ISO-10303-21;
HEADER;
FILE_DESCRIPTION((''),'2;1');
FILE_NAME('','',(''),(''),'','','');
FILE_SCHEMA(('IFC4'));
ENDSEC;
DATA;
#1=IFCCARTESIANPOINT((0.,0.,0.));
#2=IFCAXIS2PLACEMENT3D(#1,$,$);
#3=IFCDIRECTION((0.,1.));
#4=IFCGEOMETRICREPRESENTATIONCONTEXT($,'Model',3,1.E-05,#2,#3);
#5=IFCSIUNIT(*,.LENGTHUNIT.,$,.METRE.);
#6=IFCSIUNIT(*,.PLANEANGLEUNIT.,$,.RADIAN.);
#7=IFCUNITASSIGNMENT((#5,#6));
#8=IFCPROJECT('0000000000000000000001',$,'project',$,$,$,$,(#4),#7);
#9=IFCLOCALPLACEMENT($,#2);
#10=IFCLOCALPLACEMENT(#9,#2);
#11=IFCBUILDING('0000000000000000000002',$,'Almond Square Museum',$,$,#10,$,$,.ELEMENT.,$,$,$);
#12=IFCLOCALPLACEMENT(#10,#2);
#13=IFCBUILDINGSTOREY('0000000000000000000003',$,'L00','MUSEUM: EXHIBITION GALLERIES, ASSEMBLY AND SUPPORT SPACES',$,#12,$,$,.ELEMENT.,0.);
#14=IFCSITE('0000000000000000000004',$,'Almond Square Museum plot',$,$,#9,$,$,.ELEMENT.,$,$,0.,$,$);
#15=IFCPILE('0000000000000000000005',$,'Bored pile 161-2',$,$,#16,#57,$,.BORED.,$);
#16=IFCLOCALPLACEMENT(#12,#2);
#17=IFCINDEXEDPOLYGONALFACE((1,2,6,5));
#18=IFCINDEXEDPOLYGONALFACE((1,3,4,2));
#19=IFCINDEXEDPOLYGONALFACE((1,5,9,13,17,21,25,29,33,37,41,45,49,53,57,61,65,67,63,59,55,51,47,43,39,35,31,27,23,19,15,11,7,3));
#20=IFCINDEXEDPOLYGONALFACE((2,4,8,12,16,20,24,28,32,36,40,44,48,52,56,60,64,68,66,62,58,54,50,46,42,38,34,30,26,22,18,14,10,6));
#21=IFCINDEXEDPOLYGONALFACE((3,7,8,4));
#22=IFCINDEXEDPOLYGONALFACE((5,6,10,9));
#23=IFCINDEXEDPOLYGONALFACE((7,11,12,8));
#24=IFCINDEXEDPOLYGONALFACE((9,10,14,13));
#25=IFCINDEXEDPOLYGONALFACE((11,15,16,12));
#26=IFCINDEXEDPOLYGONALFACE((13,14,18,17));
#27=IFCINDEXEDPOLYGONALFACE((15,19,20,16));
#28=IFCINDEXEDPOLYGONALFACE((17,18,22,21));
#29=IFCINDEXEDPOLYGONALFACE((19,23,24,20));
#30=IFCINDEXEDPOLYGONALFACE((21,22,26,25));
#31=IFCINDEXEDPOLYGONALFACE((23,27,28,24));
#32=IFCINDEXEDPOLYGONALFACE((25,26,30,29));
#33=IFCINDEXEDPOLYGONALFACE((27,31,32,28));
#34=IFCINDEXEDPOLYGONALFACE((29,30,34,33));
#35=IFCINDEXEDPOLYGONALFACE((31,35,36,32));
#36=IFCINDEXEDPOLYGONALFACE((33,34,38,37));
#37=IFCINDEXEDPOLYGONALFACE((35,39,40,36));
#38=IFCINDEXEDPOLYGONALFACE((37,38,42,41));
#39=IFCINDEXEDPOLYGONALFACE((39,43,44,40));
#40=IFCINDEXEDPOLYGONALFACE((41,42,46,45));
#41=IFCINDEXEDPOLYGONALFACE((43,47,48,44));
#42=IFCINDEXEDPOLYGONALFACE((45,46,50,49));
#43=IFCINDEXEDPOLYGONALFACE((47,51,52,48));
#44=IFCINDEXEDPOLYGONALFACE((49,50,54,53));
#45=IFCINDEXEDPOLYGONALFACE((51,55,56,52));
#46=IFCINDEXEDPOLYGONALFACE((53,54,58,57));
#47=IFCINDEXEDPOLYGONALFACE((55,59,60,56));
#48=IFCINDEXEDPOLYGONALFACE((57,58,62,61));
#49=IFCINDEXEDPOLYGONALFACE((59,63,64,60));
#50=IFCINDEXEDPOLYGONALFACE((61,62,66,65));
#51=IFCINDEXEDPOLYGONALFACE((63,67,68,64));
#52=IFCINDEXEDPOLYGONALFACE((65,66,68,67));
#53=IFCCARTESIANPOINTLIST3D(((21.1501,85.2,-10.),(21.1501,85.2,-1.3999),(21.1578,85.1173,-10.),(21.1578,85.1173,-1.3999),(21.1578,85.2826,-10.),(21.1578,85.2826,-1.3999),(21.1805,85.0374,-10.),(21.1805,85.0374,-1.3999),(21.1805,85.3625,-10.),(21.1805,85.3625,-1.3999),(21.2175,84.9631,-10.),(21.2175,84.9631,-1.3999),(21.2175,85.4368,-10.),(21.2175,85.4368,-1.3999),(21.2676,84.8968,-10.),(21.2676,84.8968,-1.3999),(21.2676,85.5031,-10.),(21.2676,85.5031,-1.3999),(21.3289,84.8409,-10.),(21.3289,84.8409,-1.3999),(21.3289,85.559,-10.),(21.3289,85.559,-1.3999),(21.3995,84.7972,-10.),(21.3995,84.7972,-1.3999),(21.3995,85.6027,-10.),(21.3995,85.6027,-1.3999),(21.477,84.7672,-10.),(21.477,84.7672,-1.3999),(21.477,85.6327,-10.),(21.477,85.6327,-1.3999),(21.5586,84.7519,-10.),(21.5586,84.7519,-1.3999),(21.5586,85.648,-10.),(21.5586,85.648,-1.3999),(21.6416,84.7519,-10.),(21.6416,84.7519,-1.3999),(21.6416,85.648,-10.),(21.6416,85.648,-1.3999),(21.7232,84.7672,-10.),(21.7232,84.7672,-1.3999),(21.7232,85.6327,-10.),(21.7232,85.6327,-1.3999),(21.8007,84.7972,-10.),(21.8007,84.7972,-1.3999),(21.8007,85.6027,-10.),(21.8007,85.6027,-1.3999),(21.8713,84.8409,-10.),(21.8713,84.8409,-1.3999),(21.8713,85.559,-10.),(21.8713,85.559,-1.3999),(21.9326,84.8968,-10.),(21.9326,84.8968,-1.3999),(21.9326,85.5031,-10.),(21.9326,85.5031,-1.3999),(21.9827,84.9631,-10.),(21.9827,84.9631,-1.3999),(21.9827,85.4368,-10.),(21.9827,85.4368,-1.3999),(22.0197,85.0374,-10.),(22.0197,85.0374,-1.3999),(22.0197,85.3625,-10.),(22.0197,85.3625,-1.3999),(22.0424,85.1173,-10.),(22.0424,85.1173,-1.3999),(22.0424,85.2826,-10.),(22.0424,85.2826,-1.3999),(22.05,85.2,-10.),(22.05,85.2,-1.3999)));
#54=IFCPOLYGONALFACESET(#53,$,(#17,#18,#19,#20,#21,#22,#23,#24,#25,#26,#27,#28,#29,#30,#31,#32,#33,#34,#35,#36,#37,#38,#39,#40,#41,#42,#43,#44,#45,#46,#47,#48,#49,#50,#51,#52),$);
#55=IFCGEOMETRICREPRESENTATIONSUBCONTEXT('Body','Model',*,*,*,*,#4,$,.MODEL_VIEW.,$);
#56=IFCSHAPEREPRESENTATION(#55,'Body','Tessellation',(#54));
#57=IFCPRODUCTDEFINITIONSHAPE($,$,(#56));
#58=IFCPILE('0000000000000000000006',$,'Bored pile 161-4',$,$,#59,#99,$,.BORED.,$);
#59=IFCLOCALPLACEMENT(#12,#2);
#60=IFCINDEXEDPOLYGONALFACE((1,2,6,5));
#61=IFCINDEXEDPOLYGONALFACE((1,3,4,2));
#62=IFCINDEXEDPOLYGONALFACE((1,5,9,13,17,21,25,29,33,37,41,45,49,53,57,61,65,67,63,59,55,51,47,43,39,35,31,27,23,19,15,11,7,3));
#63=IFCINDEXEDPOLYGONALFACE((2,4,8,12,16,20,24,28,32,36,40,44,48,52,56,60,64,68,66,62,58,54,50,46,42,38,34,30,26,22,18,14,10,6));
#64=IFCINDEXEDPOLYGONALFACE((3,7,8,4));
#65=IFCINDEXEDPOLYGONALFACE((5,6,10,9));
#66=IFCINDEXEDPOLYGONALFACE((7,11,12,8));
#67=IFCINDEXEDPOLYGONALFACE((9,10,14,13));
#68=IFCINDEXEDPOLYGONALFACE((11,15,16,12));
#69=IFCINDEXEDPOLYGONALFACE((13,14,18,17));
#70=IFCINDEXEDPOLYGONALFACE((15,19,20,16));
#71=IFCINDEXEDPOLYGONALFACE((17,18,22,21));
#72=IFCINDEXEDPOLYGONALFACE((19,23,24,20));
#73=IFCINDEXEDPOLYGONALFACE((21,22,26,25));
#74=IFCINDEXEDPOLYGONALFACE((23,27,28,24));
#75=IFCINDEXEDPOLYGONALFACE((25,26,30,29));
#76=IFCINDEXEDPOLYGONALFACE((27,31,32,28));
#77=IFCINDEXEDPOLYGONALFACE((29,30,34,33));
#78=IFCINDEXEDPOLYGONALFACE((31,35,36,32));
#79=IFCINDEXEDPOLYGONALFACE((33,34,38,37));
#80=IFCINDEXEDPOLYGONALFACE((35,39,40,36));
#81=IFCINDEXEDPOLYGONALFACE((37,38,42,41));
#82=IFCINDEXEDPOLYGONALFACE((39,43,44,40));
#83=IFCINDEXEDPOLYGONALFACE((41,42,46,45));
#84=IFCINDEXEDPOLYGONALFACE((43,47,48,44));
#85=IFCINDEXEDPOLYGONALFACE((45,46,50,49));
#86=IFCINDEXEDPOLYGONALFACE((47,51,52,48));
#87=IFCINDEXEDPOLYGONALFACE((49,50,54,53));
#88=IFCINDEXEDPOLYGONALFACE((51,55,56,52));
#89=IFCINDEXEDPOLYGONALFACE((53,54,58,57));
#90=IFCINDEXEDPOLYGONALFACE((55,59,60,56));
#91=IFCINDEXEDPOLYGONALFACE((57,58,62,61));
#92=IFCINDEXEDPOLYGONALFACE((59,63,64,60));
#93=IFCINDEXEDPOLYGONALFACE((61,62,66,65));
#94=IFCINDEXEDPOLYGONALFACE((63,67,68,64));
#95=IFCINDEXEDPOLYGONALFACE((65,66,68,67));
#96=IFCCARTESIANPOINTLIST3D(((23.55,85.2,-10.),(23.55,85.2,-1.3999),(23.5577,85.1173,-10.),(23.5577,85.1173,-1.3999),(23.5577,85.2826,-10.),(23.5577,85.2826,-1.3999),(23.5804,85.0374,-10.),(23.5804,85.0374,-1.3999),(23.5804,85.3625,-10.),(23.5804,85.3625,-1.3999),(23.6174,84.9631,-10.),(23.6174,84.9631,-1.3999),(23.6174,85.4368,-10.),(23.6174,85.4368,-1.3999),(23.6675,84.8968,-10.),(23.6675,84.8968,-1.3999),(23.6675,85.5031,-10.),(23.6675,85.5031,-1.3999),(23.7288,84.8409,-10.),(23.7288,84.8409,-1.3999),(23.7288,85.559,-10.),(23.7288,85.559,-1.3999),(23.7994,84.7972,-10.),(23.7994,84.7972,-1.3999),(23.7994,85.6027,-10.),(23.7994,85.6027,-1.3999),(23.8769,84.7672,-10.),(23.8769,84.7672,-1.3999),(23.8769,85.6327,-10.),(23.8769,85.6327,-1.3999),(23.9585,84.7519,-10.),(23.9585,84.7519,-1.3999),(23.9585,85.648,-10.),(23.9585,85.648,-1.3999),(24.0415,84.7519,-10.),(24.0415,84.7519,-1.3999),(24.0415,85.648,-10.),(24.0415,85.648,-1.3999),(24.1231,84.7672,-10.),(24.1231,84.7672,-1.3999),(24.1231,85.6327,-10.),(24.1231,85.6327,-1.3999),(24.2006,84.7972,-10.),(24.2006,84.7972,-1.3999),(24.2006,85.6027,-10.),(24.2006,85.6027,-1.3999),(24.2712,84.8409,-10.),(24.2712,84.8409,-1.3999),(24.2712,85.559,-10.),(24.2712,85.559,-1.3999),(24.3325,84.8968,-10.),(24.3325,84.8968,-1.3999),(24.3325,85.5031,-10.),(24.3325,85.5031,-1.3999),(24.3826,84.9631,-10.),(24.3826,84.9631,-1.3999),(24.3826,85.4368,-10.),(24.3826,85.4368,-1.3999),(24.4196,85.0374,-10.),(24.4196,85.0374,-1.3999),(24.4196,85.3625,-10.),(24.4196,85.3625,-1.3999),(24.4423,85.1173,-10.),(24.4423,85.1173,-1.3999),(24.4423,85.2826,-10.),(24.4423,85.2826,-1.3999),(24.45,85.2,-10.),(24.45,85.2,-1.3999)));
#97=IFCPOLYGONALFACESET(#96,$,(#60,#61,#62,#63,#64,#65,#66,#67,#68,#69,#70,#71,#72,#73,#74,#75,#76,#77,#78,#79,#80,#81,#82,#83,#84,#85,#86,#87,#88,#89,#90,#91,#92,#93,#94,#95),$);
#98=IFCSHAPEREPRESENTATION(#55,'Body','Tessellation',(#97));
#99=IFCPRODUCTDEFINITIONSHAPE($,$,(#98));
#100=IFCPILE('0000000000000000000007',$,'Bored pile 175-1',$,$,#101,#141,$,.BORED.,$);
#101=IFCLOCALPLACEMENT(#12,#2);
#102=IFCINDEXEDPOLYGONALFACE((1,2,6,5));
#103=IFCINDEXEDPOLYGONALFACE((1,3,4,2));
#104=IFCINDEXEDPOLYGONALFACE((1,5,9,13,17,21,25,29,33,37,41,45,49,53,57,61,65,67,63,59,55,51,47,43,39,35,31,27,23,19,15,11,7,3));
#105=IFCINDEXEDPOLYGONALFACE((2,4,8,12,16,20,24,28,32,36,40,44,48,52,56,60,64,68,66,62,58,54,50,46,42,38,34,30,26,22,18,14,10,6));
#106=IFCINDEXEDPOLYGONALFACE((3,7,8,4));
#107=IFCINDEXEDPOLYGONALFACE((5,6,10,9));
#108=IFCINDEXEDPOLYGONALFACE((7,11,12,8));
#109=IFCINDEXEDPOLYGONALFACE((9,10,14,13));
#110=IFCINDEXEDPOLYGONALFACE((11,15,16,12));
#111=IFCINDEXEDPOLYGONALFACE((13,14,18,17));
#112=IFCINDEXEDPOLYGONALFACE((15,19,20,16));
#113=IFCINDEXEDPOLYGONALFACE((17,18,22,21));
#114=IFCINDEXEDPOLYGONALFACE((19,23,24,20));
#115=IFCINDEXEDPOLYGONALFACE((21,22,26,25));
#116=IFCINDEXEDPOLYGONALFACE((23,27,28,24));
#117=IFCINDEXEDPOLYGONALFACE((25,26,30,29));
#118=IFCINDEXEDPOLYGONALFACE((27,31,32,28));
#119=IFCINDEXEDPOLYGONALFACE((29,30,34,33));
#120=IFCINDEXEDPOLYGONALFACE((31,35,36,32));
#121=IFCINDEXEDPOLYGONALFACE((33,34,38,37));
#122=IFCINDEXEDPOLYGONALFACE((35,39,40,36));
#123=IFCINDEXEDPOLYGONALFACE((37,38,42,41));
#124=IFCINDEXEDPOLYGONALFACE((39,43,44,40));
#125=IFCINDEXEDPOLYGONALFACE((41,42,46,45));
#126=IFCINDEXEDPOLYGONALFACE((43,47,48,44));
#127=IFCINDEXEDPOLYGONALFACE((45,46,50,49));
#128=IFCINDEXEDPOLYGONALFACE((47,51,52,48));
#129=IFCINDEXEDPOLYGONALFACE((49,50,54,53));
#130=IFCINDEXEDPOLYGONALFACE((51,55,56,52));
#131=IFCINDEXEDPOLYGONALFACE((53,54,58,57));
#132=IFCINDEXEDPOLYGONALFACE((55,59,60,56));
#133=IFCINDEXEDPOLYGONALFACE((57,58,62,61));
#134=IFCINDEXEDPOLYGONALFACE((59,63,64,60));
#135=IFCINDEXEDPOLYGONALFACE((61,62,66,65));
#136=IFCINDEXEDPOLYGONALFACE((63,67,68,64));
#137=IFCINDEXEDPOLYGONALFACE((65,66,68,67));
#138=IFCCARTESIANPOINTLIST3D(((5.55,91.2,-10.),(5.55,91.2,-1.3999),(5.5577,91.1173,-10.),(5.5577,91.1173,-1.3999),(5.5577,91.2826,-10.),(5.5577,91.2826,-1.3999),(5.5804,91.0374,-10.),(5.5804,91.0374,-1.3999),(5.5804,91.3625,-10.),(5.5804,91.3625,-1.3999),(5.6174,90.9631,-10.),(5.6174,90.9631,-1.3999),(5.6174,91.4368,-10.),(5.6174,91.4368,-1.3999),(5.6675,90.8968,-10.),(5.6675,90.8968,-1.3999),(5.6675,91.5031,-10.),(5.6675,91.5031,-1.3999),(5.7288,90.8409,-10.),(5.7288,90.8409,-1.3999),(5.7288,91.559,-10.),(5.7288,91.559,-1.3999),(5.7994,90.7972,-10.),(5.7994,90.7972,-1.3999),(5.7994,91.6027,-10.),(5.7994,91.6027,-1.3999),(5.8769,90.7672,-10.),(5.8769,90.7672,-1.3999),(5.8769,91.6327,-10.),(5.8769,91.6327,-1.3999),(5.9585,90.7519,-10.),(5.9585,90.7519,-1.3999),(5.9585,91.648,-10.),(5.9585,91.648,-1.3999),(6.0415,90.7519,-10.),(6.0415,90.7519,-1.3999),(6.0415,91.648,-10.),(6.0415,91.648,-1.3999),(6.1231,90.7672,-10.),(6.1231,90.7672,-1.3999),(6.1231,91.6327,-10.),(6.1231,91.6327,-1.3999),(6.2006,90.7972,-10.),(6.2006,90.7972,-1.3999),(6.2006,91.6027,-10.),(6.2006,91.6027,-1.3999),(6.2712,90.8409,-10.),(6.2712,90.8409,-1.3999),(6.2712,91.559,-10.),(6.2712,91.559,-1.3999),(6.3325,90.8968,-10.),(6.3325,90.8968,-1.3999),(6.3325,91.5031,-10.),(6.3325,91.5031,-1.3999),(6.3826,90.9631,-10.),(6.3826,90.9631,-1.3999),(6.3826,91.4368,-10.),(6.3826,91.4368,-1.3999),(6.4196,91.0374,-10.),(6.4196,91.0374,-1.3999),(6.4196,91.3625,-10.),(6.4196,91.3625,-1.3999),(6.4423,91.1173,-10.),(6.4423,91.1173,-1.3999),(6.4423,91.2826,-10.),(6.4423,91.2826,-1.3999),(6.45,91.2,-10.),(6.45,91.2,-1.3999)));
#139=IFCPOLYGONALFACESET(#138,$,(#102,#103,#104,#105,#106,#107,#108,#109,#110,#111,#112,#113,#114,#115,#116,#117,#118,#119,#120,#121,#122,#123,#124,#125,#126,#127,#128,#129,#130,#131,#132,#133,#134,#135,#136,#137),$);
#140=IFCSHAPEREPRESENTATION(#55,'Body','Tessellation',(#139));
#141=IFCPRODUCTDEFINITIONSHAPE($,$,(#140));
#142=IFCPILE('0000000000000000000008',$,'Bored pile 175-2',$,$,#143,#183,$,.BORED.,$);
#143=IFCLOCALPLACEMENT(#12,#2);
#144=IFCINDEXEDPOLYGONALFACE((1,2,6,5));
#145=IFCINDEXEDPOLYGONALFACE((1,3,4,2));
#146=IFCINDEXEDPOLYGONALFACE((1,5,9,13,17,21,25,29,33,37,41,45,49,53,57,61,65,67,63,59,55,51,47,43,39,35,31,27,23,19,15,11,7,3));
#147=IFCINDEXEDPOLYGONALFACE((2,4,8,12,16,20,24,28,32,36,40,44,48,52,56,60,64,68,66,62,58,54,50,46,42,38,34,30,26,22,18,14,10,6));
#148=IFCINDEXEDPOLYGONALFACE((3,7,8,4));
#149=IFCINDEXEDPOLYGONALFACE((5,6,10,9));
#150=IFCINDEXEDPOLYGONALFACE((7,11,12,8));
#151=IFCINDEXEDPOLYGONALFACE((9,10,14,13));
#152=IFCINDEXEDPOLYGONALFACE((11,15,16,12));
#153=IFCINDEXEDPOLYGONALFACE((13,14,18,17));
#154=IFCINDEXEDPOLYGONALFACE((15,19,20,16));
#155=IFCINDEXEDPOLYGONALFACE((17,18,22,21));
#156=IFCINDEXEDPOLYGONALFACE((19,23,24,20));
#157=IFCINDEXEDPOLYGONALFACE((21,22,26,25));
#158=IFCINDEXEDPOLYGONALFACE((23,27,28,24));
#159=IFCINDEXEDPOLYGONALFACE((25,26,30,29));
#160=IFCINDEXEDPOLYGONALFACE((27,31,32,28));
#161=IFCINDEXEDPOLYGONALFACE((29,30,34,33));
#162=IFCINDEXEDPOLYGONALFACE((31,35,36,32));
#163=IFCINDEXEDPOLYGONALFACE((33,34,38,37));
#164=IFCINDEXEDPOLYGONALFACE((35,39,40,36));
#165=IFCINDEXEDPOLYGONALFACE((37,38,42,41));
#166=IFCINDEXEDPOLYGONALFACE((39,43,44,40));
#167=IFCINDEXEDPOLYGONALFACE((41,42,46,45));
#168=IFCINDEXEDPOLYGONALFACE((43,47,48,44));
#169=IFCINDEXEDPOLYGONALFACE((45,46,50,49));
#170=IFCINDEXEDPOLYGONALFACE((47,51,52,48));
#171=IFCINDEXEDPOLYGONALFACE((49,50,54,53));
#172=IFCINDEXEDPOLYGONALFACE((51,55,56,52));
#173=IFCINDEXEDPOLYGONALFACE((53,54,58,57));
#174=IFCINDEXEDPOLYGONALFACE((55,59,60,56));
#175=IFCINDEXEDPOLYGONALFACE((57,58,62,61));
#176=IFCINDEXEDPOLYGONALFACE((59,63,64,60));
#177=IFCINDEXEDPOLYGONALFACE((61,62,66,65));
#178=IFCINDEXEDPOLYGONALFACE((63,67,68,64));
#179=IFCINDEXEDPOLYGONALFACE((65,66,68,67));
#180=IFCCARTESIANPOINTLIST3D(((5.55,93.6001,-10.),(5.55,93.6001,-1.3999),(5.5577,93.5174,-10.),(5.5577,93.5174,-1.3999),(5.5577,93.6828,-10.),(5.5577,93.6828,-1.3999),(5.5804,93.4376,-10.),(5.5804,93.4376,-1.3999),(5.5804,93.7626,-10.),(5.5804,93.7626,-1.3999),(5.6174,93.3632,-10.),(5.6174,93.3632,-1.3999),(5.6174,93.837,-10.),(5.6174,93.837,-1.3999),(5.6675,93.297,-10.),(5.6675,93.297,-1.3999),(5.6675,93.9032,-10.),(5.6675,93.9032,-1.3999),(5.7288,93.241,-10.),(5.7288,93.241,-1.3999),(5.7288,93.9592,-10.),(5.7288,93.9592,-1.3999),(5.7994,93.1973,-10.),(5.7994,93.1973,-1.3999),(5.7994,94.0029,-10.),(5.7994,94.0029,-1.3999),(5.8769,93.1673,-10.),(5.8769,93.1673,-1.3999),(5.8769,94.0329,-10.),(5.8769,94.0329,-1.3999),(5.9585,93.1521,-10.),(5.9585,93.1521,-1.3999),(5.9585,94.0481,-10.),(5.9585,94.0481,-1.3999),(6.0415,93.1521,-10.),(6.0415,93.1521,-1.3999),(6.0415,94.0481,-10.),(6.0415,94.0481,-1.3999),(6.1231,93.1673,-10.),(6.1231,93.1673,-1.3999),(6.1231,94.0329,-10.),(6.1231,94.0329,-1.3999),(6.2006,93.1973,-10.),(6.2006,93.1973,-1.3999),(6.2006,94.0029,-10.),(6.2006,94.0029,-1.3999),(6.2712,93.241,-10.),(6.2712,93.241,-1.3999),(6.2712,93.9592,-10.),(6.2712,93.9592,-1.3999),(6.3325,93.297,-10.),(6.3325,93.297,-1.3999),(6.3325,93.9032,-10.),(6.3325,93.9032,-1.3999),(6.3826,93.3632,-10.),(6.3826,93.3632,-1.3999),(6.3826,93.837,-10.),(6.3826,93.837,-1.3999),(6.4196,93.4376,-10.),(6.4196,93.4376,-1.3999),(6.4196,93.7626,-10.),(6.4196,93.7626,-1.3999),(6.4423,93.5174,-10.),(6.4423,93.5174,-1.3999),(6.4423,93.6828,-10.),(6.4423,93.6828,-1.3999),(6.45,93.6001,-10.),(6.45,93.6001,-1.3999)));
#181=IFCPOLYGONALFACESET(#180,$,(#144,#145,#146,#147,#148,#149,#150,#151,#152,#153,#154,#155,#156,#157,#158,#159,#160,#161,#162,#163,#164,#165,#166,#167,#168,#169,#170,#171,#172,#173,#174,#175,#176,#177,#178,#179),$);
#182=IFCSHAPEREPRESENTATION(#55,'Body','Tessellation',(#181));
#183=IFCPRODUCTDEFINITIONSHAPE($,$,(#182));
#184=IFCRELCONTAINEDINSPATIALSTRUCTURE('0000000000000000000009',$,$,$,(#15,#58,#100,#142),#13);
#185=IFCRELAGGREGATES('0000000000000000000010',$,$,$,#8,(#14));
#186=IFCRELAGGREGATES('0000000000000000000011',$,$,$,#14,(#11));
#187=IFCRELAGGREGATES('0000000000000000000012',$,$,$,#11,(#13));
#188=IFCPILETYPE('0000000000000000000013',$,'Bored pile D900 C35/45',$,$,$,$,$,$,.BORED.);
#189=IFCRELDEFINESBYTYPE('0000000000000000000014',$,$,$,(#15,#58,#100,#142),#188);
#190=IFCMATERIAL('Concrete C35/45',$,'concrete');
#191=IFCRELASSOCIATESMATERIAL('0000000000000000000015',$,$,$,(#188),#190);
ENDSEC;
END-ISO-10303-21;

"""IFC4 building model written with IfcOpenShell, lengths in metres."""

from ifc_helpers import new_model, si_unit, direction, frame, origin, origin_2d, place, context, subcontext, project, spatial, circle, extrude, material, material_profile, profile_set, type_object, element, save


model = new_model("IFC4")

# Units and contexts
model_context = context("Model", 3, precision=1e-05, world=origin(), true_north=direction((0.0, 1.0)))
body_context = subcontext(model_context, "Body", "Model", "MODEL_VIEW")
ifc_project = project(units=[si_unit("LENGTHUNIT", "METRE"), si_unit("PLANEANGLEUNIT", "RADIAN")], contexts=[model_context])

# Site, building, storey
site_placement = place(None, origin())
site = spatial("IfcSite", under=ifc_project, at=site_placement, Name="Almond Square Museum plot", CompositionType="ELEMENT", RefElevation=0.0)
building_placement = place(site_placement, origin())
building = spatial("IfcBuilding", under=site, at=building_placement, Name="Almond Square Museum", CompositionType="ELEMENT")
storey_placement = place(building_placement, origin())
storey = spatial("IfcBuildingStorey", under=building, at=storey_placement, Name="L00", Description="MUSEUM: EXHIBITION GALLERIES, ASSEMBLY AND SUPPORT SPACES", CompositionType="ELEMENT", Elevation=0.0)

# Piles
ifc_material_1 = material(Name="Concrete C35/45", Category="concrete")
ifc_material_profile_1 = material_profile(ifc_material_1, circle(Radius=0.45, at=origin_2d()))
ifc_profile_set_1 = profile_set([ifc_material_profile_1], Name="Concrete C35/45")
pile_type = type_object("IfcPileType", Name="Bored pile D900 C35/45", PredefinedType="BORED", material=ifc_profile_set_1)
for number, where, z_axis, x_axis, name in (
    (1, (21.6001, 85.2, -1.3999), (0.0, 0.0, -1.0), (1.0, 0.0, 0.0), "Bored pile 161-2"),
    (2, (24.0, 85.2, -1.3999), (0.0, 0.0, -1.0), (1.0, 0.0, 0.0), "Bored pile 161-4"),
    (3, (6.0, 91.2, -1.3999), (0.0, 0.0, -1.0), (1.0, 0.0, 0.0), "Bored pile 175-1"),
    (4, (6.0, 93.6001, -1.3999), (0.0, 0.0, -1.0), (1.0, 0.0, 0.0), "Bored pile 175-2"),
):
    element("IfcPile", number, at=place(storey_placement, frame(where, z_axis=z_axis, x_axis=x_axis)), inside=storey, type_object=pile_type, Name=name, PredefinedType="BORED", context=body_context, shape_type="SweptSolid", body=[
        extrude(circle(Radius=0.45, at=origin_2d()), origin(), (0.0, 0.0, 1.0), 8.6001),
    ])

save(model, "model.ifc")
